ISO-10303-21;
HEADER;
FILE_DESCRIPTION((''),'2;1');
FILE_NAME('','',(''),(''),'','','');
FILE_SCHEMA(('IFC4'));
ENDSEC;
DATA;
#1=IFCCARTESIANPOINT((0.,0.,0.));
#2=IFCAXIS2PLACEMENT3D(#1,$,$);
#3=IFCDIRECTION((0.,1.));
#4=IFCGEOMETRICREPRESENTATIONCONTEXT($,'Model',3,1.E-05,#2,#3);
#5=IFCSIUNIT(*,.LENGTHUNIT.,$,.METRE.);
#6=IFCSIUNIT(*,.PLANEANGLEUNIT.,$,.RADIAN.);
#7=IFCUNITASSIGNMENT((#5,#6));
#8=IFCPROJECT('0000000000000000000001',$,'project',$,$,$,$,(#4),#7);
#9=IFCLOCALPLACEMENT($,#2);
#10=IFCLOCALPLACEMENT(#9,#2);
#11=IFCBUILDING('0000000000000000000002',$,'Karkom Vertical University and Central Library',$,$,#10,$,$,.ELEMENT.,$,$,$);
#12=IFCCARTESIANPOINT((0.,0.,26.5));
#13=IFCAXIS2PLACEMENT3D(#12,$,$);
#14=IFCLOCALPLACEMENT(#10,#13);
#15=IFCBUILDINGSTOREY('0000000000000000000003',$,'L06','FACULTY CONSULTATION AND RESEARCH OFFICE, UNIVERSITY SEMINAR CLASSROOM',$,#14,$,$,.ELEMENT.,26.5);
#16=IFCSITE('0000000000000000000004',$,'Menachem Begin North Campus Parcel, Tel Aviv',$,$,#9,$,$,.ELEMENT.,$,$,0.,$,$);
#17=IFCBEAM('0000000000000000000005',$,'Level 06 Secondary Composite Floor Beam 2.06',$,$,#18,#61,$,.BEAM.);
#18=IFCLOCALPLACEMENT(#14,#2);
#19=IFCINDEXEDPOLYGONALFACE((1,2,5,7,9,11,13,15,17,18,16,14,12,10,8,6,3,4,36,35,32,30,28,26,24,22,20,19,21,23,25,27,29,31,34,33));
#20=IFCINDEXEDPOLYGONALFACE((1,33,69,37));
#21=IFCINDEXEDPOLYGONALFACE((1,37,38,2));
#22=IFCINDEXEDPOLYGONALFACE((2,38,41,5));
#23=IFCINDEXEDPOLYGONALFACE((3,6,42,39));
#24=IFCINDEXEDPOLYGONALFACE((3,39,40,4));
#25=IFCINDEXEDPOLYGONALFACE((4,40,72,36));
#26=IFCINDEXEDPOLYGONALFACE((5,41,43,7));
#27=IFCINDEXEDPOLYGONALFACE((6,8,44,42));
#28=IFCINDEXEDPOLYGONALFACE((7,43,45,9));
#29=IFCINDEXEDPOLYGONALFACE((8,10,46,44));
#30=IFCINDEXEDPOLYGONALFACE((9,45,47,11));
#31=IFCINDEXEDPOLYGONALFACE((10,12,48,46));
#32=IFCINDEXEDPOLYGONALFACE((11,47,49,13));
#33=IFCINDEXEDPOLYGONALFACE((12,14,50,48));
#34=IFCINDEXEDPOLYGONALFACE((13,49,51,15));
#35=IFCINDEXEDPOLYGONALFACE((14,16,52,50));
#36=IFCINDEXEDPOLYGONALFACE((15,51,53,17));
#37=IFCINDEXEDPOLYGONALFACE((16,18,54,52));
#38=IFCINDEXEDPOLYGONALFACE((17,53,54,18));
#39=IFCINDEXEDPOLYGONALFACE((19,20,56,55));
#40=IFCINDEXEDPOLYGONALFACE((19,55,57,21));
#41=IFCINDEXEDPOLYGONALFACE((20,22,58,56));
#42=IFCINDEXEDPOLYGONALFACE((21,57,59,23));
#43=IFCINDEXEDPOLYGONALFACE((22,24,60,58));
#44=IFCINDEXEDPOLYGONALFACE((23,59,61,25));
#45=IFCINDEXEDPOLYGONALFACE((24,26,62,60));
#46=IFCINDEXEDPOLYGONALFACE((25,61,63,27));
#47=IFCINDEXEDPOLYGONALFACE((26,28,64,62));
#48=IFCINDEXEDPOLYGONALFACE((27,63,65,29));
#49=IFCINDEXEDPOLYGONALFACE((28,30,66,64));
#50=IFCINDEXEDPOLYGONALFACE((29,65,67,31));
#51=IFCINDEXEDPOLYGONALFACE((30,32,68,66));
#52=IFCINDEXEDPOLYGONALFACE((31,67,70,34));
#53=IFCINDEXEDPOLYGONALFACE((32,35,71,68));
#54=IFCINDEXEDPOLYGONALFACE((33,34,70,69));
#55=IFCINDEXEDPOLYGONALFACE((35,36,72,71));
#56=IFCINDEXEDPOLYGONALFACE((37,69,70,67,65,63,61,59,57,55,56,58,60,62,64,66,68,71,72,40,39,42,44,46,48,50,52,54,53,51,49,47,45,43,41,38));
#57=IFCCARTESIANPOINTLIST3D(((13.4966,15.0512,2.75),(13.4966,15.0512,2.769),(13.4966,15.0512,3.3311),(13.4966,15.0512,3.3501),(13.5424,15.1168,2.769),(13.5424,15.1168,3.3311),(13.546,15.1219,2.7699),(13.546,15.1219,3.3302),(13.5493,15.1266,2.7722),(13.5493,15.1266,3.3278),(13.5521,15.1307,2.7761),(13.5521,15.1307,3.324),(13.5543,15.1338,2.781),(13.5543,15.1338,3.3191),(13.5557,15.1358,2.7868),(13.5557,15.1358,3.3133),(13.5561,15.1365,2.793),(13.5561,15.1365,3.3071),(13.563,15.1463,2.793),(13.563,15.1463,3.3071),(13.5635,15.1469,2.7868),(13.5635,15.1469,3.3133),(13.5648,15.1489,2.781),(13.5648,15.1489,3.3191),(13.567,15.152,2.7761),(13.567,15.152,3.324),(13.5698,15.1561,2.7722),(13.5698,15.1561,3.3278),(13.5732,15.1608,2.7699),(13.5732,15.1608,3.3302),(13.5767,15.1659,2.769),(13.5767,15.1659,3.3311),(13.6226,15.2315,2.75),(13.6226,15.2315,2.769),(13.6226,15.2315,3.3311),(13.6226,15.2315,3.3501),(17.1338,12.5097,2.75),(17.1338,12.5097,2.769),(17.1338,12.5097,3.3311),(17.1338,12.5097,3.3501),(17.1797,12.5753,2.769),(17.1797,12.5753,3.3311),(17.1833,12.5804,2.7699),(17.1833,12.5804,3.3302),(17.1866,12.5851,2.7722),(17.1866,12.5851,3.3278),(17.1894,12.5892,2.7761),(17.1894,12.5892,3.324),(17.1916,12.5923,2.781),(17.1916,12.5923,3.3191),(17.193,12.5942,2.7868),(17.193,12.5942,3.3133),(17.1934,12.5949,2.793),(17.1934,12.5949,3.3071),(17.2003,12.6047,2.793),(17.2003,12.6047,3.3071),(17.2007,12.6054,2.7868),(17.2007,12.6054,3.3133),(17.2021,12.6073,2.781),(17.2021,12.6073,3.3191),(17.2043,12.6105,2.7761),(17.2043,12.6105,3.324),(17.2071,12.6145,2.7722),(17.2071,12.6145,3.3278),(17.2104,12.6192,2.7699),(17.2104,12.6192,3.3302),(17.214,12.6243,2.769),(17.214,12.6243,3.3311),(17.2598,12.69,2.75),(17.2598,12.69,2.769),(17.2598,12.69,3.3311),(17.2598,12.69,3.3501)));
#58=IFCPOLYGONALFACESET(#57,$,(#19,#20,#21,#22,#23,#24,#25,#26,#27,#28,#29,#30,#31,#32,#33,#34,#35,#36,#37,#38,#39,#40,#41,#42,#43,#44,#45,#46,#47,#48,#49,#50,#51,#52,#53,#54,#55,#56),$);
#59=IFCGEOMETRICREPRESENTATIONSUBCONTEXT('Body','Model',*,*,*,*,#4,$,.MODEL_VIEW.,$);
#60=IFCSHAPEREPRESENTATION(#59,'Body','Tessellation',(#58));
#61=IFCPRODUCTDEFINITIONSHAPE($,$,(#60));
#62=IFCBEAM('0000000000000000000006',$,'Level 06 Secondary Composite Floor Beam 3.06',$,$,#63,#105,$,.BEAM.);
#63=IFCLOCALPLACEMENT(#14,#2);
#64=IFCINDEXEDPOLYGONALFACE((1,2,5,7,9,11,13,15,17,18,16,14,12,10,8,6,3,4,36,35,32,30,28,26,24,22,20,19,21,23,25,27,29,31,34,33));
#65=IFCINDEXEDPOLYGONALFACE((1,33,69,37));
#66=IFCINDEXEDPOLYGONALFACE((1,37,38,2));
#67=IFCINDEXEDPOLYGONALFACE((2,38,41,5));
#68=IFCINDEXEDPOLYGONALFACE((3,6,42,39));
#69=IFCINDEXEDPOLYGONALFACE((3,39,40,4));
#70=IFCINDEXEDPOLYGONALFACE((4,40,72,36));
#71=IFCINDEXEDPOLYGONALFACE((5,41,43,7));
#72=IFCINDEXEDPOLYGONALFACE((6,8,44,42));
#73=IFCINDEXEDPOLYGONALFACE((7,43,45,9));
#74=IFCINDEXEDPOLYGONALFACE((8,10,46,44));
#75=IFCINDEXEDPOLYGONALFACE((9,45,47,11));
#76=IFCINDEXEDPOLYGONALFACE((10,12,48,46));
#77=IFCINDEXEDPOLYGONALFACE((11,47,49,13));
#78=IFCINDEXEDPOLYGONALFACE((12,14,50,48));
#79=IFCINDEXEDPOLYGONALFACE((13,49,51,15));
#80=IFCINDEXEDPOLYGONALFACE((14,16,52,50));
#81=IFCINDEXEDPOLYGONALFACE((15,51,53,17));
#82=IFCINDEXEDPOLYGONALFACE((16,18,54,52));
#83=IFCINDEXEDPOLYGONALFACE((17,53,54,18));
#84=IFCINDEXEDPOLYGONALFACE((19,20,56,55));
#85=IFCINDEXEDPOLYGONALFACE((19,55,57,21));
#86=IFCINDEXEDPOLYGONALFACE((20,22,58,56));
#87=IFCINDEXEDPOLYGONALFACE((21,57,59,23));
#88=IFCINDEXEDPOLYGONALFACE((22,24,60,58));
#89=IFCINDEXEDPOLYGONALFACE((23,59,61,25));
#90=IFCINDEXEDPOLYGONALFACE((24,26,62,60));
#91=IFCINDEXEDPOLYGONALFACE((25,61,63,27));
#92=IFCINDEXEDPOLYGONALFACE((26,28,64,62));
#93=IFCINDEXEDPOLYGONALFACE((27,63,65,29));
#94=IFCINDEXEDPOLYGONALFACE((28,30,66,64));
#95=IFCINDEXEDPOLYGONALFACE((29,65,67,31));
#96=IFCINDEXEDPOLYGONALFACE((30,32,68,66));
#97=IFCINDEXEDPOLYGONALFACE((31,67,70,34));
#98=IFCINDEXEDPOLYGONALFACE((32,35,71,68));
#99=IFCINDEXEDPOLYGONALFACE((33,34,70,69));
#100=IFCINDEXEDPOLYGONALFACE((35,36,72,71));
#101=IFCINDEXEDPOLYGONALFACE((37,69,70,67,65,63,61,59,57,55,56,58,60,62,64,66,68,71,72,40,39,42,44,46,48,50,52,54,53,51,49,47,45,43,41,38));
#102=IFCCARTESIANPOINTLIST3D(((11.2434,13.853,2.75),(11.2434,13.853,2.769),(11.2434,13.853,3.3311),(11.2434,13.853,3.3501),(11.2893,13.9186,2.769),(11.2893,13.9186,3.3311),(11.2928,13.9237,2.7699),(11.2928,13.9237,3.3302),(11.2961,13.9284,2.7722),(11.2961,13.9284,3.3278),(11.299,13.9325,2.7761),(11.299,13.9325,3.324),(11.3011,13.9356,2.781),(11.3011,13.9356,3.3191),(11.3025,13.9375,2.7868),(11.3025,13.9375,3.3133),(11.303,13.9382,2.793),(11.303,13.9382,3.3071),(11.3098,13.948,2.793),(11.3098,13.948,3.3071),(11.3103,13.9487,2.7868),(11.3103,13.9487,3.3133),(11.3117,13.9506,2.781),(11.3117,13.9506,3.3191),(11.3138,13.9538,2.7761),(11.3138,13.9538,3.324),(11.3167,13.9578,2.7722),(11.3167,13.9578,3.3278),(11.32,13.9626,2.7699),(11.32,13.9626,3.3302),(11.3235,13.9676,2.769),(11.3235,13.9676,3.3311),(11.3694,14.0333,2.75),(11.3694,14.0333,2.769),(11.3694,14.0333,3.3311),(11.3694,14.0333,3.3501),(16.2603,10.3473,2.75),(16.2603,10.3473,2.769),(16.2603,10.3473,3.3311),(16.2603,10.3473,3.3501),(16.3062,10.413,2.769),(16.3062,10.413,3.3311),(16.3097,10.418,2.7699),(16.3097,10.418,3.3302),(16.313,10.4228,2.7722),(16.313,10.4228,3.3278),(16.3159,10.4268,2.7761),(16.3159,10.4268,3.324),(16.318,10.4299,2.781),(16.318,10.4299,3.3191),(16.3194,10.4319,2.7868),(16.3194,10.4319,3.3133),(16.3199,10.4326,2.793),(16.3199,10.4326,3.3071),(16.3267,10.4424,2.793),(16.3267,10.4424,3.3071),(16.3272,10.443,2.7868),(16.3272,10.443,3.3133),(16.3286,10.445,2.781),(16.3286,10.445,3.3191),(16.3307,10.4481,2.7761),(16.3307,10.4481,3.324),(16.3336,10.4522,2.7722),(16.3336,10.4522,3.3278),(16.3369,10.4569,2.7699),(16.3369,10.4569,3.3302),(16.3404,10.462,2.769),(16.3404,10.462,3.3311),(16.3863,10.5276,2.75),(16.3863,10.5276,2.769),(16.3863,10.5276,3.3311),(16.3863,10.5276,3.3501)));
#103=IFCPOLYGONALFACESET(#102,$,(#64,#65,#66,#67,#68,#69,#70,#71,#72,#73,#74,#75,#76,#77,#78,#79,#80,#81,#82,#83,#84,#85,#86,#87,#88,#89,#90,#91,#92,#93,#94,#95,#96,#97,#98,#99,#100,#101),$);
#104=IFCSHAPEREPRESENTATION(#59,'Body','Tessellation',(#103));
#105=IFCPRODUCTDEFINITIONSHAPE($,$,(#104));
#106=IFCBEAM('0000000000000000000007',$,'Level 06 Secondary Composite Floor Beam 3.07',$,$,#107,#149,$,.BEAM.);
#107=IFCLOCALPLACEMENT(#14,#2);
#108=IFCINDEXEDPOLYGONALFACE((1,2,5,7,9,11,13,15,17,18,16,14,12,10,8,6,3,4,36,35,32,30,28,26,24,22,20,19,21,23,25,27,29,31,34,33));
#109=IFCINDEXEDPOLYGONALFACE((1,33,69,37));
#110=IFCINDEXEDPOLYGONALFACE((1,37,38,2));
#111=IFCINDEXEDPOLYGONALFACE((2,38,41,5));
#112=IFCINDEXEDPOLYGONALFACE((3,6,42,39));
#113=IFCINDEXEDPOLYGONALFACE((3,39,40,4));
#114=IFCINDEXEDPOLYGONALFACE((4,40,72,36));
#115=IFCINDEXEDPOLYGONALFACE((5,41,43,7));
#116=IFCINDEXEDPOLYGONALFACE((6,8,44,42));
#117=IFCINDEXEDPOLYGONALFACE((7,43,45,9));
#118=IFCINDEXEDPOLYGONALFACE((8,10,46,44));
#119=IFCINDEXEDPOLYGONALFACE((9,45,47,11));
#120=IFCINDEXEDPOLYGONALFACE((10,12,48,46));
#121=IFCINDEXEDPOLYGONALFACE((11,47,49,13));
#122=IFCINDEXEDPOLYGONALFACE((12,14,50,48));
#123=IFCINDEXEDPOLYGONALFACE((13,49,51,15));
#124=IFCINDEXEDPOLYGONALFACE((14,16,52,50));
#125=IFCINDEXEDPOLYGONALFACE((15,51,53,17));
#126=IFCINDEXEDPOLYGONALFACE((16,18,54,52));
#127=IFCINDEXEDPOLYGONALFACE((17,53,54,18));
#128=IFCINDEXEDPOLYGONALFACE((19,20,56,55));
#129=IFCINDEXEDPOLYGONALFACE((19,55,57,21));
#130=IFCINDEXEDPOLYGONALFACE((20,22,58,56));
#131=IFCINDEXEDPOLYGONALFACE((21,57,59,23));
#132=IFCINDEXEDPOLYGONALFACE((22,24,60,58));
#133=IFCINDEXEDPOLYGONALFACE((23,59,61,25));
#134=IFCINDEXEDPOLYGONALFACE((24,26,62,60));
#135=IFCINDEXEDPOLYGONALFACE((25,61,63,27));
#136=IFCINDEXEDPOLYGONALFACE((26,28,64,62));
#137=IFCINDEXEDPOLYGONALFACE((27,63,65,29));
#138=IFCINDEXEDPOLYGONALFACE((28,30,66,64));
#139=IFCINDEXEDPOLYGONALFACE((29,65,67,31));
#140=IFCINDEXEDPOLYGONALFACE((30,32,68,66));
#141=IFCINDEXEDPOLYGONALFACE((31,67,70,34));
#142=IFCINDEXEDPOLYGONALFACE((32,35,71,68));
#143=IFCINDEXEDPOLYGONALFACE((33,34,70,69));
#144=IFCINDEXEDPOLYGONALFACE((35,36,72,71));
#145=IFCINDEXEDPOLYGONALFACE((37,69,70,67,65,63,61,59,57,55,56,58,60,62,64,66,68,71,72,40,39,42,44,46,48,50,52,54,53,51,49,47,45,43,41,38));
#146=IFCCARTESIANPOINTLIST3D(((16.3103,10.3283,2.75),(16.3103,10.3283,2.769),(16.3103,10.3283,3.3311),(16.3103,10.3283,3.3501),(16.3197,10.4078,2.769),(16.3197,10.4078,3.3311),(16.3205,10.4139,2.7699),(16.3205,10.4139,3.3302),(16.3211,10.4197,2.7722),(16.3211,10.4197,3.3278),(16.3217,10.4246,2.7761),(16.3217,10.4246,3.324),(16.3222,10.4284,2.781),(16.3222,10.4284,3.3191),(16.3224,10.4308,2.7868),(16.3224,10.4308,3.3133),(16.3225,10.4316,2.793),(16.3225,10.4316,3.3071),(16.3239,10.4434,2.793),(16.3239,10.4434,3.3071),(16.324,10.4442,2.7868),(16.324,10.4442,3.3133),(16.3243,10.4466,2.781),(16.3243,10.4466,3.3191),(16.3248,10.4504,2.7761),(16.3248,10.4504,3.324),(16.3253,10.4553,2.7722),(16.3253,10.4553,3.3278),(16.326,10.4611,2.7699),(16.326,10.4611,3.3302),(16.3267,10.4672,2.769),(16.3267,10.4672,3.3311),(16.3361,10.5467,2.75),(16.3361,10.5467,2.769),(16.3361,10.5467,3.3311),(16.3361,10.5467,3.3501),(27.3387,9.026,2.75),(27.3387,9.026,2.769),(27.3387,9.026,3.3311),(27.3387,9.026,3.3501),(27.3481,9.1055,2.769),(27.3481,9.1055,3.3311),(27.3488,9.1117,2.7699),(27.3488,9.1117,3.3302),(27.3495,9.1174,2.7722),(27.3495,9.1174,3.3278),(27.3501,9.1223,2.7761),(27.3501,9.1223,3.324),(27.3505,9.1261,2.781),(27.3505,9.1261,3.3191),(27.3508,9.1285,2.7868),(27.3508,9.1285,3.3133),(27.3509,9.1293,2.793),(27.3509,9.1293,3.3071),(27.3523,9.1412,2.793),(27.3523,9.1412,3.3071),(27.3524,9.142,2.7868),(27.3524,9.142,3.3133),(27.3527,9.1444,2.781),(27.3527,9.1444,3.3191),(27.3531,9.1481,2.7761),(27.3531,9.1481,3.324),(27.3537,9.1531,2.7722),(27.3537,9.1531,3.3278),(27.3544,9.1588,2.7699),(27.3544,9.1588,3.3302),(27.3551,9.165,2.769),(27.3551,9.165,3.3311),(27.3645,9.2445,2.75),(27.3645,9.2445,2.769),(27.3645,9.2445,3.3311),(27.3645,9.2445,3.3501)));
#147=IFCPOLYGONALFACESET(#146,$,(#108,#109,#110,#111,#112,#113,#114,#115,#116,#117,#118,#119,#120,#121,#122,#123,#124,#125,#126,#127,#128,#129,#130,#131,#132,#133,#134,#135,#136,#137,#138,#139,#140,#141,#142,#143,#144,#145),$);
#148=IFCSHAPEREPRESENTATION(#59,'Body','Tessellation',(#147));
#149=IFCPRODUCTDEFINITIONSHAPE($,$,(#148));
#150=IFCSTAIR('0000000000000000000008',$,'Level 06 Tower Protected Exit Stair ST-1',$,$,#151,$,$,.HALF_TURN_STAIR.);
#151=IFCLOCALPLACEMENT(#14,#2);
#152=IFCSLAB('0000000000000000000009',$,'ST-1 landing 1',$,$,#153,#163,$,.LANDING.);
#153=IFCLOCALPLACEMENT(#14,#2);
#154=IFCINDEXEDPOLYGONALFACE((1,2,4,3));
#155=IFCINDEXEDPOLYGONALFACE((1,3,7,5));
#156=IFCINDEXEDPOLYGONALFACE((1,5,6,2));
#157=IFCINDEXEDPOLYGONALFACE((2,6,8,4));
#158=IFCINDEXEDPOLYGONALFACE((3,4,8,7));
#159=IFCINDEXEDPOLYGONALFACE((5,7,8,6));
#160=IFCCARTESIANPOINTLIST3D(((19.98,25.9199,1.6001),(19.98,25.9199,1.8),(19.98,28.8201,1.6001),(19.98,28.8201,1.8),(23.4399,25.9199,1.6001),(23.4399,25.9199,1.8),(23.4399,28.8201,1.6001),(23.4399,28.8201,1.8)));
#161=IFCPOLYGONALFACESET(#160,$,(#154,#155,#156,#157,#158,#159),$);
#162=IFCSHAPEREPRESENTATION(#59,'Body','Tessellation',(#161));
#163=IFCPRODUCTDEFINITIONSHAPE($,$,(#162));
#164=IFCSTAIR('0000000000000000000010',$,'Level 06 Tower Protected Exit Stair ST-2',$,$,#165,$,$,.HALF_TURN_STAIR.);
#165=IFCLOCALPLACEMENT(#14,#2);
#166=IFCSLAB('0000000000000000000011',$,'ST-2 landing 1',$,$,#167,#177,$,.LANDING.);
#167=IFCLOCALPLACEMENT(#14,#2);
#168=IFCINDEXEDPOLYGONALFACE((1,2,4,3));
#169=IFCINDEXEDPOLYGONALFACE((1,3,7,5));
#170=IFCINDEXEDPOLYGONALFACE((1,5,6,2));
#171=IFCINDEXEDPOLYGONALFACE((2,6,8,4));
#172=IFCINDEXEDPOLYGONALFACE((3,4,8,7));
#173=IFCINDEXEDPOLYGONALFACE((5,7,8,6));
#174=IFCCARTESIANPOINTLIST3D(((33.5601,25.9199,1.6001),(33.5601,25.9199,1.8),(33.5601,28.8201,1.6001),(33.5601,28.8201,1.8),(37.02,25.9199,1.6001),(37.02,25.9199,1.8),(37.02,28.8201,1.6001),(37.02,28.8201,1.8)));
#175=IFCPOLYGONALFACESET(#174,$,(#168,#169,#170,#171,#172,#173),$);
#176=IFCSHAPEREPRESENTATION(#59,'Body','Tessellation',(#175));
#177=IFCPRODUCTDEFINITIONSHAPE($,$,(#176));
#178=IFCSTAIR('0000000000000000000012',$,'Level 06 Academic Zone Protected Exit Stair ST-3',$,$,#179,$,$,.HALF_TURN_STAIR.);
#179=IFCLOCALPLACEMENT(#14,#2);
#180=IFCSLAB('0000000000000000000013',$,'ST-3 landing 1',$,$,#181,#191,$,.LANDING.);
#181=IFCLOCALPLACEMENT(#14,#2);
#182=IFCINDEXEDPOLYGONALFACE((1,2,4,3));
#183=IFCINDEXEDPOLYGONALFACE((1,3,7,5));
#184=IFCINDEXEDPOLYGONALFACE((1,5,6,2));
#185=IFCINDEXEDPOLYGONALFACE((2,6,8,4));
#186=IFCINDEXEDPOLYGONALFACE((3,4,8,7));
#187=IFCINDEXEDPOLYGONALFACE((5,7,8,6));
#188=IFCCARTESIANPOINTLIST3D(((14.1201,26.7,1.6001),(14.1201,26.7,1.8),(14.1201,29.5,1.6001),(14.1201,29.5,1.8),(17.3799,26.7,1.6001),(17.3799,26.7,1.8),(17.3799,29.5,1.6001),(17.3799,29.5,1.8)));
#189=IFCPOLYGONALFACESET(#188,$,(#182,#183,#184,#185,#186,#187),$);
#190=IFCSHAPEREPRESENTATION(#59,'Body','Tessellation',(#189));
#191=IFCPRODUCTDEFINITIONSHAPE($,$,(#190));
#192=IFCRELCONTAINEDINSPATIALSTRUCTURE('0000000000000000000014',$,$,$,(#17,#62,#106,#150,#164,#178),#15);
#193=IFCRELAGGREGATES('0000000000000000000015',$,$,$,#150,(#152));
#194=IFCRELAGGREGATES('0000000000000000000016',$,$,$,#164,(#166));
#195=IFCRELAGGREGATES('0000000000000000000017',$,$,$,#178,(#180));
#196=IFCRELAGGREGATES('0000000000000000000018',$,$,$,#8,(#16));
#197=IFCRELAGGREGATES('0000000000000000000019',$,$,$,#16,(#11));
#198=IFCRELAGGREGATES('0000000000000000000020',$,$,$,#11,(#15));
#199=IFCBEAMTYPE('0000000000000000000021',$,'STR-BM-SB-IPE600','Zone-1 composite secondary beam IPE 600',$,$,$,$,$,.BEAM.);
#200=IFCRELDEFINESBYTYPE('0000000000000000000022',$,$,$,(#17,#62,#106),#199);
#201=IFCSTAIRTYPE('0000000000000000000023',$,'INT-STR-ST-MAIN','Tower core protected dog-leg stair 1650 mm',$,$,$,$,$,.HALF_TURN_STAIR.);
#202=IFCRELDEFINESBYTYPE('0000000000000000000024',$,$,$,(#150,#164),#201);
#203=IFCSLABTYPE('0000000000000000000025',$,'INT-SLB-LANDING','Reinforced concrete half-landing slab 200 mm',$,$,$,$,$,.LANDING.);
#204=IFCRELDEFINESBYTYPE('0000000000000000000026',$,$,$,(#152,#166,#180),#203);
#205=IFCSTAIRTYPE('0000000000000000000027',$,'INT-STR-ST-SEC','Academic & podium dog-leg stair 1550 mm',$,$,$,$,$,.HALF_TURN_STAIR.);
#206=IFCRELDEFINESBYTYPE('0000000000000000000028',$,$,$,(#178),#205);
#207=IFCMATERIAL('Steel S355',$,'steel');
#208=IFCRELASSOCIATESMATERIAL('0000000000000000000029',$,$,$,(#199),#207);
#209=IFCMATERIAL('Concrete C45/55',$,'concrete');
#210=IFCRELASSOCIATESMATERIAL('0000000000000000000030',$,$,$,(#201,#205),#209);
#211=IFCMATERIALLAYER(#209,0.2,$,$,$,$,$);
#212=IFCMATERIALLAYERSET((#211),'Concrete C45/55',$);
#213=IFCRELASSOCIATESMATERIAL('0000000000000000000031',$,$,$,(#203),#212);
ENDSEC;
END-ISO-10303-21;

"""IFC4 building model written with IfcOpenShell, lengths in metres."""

from ifc_helpers import new_model, si_unit, direction, frame, origin, origin_with_axes, origin_2d, place, context, subcontext, project, spatial, polyline, i_section, outline, extrude, source, transform, mapped, material, layer, layer_set, material_profile, profile_set, type_object, element, aggregate, save


model = new_model("IFC4")

# Units and contexts
model_context = context("Model", 3, precision=1e-05, world=origin(), true_north=direction((0.0, 1.0)))
body_context = subcontext(model_context, "Body", "Model", "MODEL_VIEW")
ifc_project = project(units=[si_unit("LENGTHUNIT", "METRE"), si_unit("PLANEANGLEUNIT", "RADIAN")], contexts=[model_context])

# Site, building, storey
site_placement = place(None, origin())
site = spatial("IfcSite", under=ifc_project, at=site_placement, Name="Menachem Begin North Campus Parcel, Tel Aviv", CompositionType="ELEMENT", RefElevation=0.0)
building_placement = place(site_placement, origin())
building = spatial("IfcBuilding", under=site, at=building_placement, Name="Karkom Vertical University and Central Library", CompositionType="ELEMENT")
storey_placement = place(building_placement, frame((0.0, 0.0, 26.5)))
storey = spatial("IfcBuildingStorey", under=building, at=storey_placement, Name="L06", Description="FACULTY CONSULTATION AND RESEARCH OFFICE, UNIVERSITY SEMINAR CLASSROOM", CompositionType="ELEMENT", Elevation=26.5)

# Beams
ifc_material_1 = material(Name="Steel S355", Category="steel")
ifc_material_profile_1 = material_profile(ifc_material_1, i_section(OverallWidth=0.22, OverallDepth=0.6001, WebThickness=0.012, FlangeThickness=0.019, FilletRadius=0.0239, at=origin_2d()), Name="IPE 600")
ifc_profile_set_1 = profile_set([ifc_material_profile_1], Name="Steel S355")
beam_type_1 = type_object("IfcBeamType", Name="STR-BM-SB-IPE600", Description="Zone-1 composite secondary beam IPE 600", PredefinedType="BEAM", material=ifc_profile_set_1)
shared_shape_1 = source(origin_with_axes(), body_context, "Body", "SweptSolid", [
    extrude(i_section(OverallWidth=0.22, OverallDepth=0.6001, WebThickness=0.012, FlangeThickness=0.019, FilletRadius=0.0239, at=origin_2d()), origin(), (0.0, 0.0, 1.0), 4.4373),
])
beam_1_placement = place(storey_placement, frame((13.5596, 15.1414, 3.05), z_axis=(0.819712, -0.572775, 0.0), x_axis=(0.572775, 0.819712, 0.0)))
element("IfcBeam", 1, at=beam_1_placement, inside=storey, type_object=beam_type_1, Name="Level 06 Secondary Composite Floor Beam 2.06", PredefinedType="BEAM", context=body_context, shape_type="MappedRepresentation", body=[
    mapped(shared_shape_1, transform((0.0, 0.0, 0.0), scale=1.0)),
])
shared_shape_2 = source(origin_with_axes(), body_context, "Body", "SweptSolid", [
    extrude(i_section(OverallWidth=0.22, OverallDepth=0.6001, WebThickness=0.012, FlangeThickness=0.019, FilletRadius=0.0239, at=origin_2d()), origin(), (0.0, 0.0, 1.0), 6.1204),
])
beam_2_placement = place(storey_placement, frame((11.3064, 13.9431, 3.05), z_axis=(0.819706, -0.572785, 0.0), x_axis=(0.572785, 0.819706, 0.0)))
element("IfcBeam", 2, at=beam_2_placement, inside=storey, type_object=beam_type_1, Name="Level 06 Secondary Composite Floor Beam 3.06", PredefinedType="BEAM", context=body_context, shape_type="MappedRepresentation", body=[
    mapped(shared_shape_2, transform((0.0, 0.0, 0.0), scale=1.0)),
])
shared_shape_3 = source(origin_with_axes(), body_context, "Body", "SweptSolid", [
    extrude(i_section(OverallWidth=0.22, OverallDepth=0.6001, WebThickness=0.012, FlangeThickness=0.019, FilletRadius=0.0239, at=origin_2d()), origin(), (0.0, 0.0, 1.0), 11.105),
])
beam_3_placement = place(storey_placement, frame((16.3232, 10.4375, 3.05), z_axis=(0.9931, -0.117267, 0.0), x_axis=(0.117267, 0.9931, 0.0)))
element("IfcBeam", 3, at=beam_3_placement, inside=storey, type_object=beam_type_1, Name="Level 06 Secondary Composite Floor Beam 3.07", PredefinedType="BEAM", context=body_context, shape_type="MappedRepresentation", body=[
    mapped(shared_shape_3, transform((0.0, 0.0, 0.0), scale=1.0)),
])

# Stairs, slabs
ifc_material_2 = material(Name="Concrete C45/55", Category="concrete")
stair_type_1 = type_object("IfcStairType", Name="INT-STR-ST-MAIN", Description="Tower core protected dog-leg stair 1650 mm", PredefinedType="HALF_TURN_STAIR", material=ifc_material_2)
stair_1_placement = place(storey_placement, origin())
stair_1 = element("IfcStair", 4, at=stair_1_placement, inside=storey, type_object=stair_type_1, Name="Level 06 Tower Protected Exit Stair ST-1", PredefinedType="HALF_TURN_STAIR")
ifc_layer_1 = layer(ifc_material_2, 0.2)
ifc_layer_set_1 = layer_set([ifc_layer_1], Name="Concrete C45/55")
slab_type_1 = type_object("IfcSlabType", Name="INT-SLB-LANDING", Description="Reinforced concrete half-landing slab 200 mm", PredefinedType="LANDING", material=ifc_layer_set_1)
slab_1_placement = place(storey_placement, frame((0.0, 0.0, 1.6001)))
slab_1 = element("IfcSlab", 5, at=slab_1_placement, type_object=slab_type_1, Name="ST-1 landing 1", PredefinedType="LANDING", context=body_context, shape_type="SweptSolid", body=[
    extrude(outline(polyline([(23.4399, 25.9199), (23.4399, 28.8201), (19.98, 28.8201), (19.98, 25.9199), (23.4399, 25.9199)])), origin(), (0.0, 0.0, 1.0), 0.2),
])
aggregate(stair_1, [slab_1])
stair_2_placement = place(storey_placement, origin())
stair_2 = element("IfcStair", 6, at=stair_2_placement, inside=storey, type_object=stair_type_1, Name="Level 06 Tower Protected Exit Stair ST-2", PredefinedType="HALF_TURN_STAIR")
slab_2_placement = place(storey_placement, frame((0.0, 0.0, 1.6001)))
slab_2 = element("IfcSlab", 7, at=slab_2_placement, type_object=slab_type_1, Name="ST-2 landing 1", PredefinedType="LANDING", context=body_context, shape_type="SweptSolid", body=[
    extrude(outline(polyline([(37.02, 25.9199), (37.02, 28.8201), (33.5601, 28.8201), (33.5601, 25.9199), (37.02, 25.9199)])), origin(), (0.0, 0.0, 1.0), 0.2),
])
aggregate(stair_2, [slab_2])
stair_type_2 = type_object("IfcStairType", Name="INT-STR-ST-SEC", Description="Academic & podium dog-leg stair 1550 mm", PredefinedType="HALF_TURN_STAIR", material=ifc_material_2)
stair_3_placement = place(storey_placement, origin())
stair_3 = element("IfcStair", 8, at=stair_3_placement, inside=storey, type_object=stair_type_2, Name="Level 06 Academic Zone Protected Exit Stair ST-3", PredefinedType="HALF_TURN_STAIR")
slab_3_placement = place(storey_placement, frame((0.0, 0.0, 1.6001)))
slab_3 = element("IfcSlab", 9, at=slab_3_placement, type_object=slab_type_1, Name="ST-3 landing 1", PredefinedType="LANDING", context=body_context, shape_type="SweptSolid", body=[
    extrude(outline(polyline([(17.3799, 26.7), (17.3799, 29.5), (14.1201, 29.5), (14.1201, 26.7), (17.3799, 26.7)])), origin(), (0.0, 0.0, 1.0), 0.2),
])
aggregate(stair_3, [slab_3])

save(model, "model.ifc")
